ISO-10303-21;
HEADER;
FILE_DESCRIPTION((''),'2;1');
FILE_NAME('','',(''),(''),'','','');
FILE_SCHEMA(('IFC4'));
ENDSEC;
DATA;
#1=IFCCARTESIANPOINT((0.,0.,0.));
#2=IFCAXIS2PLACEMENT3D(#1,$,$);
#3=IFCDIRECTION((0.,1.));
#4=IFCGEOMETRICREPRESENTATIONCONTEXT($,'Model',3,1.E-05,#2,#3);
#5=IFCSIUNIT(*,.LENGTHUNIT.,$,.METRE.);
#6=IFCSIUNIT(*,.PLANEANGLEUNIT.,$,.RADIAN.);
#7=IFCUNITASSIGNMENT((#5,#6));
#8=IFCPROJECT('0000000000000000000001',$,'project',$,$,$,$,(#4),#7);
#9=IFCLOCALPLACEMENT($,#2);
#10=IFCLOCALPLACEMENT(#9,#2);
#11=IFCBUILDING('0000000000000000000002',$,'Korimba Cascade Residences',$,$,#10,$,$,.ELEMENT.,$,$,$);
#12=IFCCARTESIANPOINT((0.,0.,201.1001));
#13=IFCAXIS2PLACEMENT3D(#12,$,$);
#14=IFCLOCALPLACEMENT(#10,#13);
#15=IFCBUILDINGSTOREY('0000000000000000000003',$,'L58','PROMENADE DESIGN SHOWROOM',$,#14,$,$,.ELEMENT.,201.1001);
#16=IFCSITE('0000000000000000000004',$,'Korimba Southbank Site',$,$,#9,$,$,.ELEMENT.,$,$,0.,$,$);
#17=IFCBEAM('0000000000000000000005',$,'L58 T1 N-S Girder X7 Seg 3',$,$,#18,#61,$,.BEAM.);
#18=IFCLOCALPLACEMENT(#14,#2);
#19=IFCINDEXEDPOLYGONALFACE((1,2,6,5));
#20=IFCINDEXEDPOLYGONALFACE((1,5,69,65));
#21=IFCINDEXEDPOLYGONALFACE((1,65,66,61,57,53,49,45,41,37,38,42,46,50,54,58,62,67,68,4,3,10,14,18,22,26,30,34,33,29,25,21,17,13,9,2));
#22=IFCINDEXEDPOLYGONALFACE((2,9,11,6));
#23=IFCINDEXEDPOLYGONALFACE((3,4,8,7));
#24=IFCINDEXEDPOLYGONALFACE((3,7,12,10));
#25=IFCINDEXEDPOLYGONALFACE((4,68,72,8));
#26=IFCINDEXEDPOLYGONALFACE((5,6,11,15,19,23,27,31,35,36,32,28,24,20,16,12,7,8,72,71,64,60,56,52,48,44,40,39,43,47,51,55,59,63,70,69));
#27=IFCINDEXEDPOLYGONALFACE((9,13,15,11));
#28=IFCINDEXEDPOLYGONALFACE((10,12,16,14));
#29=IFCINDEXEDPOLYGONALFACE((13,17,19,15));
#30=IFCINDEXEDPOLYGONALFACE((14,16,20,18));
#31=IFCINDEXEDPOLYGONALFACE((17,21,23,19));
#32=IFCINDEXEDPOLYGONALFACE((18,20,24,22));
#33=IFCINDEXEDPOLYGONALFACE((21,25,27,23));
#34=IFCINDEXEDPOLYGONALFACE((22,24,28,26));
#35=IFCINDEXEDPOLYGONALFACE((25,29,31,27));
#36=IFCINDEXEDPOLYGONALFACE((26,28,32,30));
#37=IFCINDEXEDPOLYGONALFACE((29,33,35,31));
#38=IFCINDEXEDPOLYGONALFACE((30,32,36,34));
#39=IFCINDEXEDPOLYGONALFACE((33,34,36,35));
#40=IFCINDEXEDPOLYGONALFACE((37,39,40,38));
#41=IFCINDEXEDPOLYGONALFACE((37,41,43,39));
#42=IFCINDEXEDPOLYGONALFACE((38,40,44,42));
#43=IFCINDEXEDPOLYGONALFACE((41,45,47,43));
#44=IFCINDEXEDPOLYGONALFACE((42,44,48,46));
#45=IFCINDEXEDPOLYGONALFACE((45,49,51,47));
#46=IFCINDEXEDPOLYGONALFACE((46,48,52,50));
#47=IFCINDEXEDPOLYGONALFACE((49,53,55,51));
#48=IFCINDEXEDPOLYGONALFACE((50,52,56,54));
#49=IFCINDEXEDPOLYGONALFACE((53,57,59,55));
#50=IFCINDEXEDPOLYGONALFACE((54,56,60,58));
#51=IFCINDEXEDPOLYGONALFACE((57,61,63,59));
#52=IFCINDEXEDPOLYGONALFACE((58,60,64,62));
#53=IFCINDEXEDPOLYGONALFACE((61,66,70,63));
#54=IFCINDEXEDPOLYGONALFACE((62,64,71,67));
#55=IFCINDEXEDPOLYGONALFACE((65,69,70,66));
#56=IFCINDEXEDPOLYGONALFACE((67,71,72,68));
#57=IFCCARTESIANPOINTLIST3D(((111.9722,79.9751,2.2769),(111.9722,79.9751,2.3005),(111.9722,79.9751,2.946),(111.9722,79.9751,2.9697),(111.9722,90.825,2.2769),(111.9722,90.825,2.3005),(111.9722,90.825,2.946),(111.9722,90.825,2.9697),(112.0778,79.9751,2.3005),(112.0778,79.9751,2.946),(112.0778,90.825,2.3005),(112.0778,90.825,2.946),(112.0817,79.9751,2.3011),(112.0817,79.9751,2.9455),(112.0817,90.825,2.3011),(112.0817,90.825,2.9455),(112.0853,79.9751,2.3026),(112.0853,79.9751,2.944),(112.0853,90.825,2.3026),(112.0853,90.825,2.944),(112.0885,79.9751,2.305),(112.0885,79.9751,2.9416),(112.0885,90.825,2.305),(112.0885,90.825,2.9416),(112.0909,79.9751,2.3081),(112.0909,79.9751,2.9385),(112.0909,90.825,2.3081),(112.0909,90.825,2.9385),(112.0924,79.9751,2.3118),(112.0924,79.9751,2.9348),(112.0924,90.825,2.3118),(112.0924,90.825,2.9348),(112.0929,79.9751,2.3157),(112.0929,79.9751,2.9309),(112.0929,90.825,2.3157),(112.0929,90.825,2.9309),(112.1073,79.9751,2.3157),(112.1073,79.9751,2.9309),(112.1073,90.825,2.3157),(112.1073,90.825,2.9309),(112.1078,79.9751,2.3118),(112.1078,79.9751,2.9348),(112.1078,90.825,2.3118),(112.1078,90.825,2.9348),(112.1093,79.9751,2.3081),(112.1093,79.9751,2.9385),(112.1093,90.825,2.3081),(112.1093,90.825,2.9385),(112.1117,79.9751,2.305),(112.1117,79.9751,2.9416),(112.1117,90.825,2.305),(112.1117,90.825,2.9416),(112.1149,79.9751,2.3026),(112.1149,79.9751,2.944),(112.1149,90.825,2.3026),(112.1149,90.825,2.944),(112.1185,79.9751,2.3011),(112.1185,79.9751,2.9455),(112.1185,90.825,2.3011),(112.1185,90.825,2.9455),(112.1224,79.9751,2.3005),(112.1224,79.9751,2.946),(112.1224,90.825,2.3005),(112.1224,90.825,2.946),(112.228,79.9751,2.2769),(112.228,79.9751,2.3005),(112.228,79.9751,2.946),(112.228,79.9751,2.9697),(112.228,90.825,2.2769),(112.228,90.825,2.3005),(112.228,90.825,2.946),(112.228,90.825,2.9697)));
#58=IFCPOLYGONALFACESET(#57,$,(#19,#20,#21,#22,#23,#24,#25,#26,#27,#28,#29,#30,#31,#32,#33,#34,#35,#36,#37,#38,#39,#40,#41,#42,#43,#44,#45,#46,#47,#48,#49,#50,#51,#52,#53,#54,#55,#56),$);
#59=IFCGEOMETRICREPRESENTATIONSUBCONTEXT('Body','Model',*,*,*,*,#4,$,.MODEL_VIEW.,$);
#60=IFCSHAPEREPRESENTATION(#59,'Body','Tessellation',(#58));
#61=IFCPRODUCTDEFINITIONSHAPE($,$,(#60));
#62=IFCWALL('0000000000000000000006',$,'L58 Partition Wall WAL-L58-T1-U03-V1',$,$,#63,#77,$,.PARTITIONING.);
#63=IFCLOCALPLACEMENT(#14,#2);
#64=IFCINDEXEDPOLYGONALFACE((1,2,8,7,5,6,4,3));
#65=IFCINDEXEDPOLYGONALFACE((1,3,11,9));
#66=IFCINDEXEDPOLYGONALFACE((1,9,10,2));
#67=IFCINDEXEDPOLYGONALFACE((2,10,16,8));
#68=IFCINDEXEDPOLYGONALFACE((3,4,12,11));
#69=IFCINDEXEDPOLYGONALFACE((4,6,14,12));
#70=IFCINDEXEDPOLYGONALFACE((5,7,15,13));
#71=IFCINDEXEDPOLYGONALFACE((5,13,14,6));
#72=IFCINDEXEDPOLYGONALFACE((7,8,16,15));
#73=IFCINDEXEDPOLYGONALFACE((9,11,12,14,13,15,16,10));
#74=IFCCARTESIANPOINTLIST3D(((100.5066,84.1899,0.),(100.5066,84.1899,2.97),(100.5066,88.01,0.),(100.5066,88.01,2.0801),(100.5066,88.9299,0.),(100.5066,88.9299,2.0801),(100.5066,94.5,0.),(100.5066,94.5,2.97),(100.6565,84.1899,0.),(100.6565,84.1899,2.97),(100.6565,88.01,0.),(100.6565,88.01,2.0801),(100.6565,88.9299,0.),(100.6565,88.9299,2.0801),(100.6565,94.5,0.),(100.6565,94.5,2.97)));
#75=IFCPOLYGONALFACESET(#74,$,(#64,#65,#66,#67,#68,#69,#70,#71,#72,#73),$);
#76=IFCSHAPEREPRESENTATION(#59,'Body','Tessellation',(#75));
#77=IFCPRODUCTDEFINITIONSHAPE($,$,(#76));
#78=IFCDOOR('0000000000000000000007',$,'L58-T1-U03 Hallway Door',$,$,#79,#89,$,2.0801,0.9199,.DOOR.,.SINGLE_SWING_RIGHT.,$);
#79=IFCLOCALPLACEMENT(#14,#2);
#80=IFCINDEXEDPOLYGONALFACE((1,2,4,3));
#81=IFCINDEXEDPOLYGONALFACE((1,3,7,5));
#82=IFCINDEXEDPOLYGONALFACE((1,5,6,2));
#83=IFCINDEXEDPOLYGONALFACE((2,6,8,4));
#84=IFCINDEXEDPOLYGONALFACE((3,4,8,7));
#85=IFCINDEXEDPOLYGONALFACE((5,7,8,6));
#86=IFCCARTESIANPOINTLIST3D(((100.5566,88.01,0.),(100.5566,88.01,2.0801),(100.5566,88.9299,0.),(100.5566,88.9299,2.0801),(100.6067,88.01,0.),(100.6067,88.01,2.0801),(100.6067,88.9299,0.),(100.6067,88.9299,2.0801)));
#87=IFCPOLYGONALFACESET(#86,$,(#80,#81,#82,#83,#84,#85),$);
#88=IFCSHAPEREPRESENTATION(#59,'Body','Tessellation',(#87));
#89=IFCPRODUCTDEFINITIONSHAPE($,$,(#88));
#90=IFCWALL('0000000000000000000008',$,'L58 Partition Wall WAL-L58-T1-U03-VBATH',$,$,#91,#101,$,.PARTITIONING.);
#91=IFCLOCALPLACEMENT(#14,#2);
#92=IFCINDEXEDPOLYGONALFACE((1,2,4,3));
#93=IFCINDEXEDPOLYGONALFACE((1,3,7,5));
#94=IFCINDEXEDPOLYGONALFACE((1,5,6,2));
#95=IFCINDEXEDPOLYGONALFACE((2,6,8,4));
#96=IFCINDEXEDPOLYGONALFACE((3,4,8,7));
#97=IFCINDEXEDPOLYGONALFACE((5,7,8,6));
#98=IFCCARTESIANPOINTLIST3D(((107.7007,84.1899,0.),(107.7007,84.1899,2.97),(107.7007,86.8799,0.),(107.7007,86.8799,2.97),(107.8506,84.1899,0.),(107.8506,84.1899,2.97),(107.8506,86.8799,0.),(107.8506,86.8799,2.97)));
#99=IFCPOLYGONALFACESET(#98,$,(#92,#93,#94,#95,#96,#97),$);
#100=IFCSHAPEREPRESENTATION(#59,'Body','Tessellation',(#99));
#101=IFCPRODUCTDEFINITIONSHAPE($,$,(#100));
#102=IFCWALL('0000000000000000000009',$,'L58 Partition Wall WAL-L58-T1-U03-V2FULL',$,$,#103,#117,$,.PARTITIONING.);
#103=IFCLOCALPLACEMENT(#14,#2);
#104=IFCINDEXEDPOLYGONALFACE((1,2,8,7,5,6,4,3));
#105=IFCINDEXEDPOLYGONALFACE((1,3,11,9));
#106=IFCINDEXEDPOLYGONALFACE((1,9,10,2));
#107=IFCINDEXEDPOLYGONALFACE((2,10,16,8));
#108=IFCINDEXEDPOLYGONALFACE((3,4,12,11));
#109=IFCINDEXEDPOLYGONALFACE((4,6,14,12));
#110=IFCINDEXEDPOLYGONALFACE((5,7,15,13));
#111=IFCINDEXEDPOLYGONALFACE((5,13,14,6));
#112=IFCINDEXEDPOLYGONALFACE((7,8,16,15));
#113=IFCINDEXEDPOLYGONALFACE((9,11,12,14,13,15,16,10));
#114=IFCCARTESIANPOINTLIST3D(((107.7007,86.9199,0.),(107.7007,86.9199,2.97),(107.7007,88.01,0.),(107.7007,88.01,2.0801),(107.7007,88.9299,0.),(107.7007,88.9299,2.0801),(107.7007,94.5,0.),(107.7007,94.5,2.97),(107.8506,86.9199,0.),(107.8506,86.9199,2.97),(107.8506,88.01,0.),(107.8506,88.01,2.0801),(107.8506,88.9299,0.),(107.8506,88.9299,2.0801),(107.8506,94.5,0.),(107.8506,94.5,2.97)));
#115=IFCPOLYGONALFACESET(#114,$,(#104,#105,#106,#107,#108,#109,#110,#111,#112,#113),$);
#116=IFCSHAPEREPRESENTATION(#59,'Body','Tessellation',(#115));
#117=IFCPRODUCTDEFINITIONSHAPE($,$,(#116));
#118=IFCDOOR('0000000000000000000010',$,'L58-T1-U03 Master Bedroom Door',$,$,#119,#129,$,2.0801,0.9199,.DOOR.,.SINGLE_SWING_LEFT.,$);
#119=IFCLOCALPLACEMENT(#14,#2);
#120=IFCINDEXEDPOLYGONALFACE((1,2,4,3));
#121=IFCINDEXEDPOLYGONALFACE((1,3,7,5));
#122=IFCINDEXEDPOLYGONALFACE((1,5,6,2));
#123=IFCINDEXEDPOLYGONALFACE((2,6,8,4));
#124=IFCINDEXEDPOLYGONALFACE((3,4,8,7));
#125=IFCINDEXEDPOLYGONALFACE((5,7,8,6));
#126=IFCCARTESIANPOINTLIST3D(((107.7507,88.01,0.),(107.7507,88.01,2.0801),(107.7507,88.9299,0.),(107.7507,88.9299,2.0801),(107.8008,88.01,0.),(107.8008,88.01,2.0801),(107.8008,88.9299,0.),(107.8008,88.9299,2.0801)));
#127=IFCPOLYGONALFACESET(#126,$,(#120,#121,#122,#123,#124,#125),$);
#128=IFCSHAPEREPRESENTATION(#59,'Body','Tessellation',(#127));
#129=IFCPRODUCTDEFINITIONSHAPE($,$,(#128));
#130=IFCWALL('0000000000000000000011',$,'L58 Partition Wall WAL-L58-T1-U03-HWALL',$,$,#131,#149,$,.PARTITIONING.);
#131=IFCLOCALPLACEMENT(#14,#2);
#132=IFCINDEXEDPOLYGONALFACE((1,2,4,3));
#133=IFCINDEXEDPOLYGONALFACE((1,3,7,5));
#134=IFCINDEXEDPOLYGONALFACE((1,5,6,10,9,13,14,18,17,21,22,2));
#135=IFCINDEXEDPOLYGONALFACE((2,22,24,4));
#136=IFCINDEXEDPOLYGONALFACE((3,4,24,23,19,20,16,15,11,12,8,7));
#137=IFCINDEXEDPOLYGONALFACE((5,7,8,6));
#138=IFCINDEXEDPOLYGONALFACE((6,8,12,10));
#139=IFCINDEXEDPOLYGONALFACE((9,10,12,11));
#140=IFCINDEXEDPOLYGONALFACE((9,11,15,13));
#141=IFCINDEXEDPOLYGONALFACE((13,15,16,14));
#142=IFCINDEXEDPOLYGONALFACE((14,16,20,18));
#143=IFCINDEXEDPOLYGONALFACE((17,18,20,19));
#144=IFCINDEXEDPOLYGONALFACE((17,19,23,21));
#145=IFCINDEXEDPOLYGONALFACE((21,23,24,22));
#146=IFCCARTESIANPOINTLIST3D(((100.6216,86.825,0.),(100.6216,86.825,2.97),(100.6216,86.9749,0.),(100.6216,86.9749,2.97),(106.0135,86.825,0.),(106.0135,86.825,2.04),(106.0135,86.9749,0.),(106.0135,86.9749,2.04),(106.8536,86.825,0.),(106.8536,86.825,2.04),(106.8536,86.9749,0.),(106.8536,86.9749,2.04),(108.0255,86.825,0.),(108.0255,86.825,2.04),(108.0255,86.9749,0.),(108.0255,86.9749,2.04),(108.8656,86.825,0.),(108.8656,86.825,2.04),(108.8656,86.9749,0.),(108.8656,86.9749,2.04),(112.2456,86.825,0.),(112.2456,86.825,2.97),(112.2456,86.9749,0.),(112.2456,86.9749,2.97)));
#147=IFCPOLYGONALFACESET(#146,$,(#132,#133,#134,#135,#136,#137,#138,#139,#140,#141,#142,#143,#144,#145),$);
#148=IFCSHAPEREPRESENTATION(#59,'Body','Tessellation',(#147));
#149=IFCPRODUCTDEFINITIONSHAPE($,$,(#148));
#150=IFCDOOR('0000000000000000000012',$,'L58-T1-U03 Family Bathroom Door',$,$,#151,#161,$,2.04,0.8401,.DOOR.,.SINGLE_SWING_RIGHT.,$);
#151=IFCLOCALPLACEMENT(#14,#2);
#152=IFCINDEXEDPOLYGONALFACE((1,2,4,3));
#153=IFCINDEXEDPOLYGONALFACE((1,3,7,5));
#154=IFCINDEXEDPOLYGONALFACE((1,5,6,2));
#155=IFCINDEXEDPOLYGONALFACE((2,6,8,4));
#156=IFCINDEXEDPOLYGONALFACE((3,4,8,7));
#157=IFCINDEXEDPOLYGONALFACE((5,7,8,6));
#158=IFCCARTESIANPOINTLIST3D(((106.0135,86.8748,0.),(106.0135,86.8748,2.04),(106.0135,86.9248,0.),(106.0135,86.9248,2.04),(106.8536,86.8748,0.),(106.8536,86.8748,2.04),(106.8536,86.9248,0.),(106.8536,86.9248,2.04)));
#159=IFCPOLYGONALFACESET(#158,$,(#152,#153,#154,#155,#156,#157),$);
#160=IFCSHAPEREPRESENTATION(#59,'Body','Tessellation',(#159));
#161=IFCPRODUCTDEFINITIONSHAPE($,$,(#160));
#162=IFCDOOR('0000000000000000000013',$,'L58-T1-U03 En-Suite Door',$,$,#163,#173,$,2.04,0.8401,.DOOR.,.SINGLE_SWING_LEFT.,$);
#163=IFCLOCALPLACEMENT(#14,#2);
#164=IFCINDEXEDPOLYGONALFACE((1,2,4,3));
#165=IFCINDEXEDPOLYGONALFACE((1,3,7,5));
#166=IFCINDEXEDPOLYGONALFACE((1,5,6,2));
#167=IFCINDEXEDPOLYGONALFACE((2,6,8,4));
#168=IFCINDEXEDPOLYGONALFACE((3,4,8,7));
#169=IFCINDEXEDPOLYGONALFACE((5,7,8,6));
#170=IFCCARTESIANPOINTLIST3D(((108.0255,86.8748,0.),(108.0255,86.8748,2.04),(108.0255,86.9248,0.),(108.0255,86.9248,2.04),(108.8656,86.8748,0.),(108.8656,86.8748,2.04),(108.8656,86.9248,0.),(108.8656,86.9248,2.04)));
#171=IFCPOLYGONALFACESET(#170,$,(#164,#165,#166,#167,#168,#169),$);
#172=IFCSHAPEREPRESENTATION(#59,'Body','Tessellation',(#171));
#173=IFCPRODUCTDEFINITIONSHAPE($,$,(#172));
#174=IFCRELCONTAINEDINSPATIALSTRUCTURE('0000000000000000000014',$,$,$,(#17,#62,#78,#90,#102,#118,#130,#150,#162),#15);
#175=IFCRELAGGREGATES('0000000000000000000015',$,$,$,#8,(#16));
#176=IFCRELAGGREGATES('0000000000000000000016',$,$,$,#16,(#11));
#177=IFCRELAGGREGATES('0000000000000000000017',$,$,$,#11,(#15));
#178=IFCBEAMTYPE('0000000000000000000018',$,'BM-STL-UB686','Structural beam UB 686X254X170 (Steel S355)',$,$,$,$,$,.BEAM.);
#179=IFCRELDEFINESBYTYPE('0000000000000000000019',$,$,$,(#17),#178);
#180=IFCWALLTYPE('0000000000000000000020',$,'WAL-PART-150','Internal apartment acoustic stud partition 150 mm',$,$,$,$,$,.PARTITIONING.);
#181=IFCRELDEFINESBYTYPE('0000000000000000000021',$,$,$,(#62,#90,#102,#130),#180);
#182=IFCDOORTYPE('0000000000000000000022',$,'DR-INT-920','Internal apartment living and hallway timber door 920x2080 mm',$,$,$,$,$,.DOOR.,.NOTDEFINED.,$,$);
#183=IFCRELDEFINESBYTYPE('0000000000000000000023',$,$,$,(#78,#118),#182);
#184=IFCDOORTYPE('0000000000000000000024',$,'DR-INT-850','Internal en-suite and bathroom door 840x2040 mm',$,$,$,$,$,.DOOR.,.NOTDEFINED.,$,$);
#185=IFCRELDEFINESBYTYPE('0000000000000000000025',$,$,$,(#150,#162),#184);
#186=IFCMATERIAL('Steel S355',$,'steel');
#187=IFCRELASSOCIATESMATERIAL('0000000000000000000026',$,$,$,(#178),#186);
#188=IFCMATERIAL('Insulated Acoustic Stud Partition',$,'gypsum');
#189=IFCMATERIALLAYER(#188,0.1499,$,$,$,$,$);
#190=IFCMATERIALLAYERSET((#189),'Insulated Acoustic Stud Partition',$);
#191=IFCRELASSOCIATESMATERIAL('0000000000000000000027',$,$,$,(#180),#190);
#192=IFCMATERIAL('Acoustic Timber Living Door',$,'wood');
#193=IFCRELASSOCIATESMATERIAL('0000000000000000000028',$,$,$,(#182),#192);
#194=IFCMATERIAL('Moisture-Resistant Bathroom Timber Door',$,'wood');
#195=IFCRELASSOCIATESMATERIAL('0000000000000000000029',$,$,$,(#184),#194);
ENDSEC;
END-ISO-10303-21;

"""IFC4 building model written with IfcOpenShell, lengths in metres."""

from ifc_helpers import new_model, si_unit, direction, frame, frame_2d, origin, origin_2d, place, context, subcontext, project, spatial, rectangle, i_section, extrude, material, layer, layer_set, material_profile, profile_set, type_object, element, fill, save


model = new_model("IFC4")

# Units and contexts
model_context = context("Model", 3, precision=1e-05, world=origin(), true_north=direction((0.0, 1.0)))
body_context = subcontext(model_context, "Body", "Model", "MODEL_VIEW")
ifc_project = project(units=[si_unit("LENGTHUNIT", "METRE"), si_unit("PLANEANGLEUNIT", "RADIAN")], contexts=[model_context])

# Site, building, storey
site_placement = place(None, origin())
site = spatial("IfcSite", under=ifc_project, at=site_placement, Name="Korimba Southbank Site", CompositionType="ELEMENT", RefElevation=0.0)
building_placement = place(site_placement, origin())
building = spatial("IfcBuilding", under=site, at=building_placement, Name="Korimba Cascade Residences", CompositionType="ELEMENT")
storey_placement = place(building_placement, frame((0.0, 0.0, 201.1001)))
storey = spatial("IfcBuildingStorey", under=building, at=storey_placement, Name="L58", Description="PROMENADE DESIGN SHOWROOM", CompositionType="ELEMENT", Elevation=201.1001)

# Beam
ifc_material_1 = material(Name="Steel S355", Category="steel")
ifc_material_profile_1 = material_profile(ifc_material_1, i_section(OverallWidth=0.2559, OverallDepth=0.6929, WebThickness=0.0144, FlangeThickness=0.0237, FilletRadius=0.0151, at=origin_2d()), Name="Steel S355")
ifc_profile_set_1 = profile_set([ifc_material_profile_1], Name="Steel S355")
beam_type_1 = type_object("IfcBeamType", Name="BM-STL-UB686", Description="Structural beam UB 686X254X170 (Steel S355)", PredefinedType="BEAM", material=ifc_profile_set_1)
for number, where, z_axis, x_axis, name in (
    (1, (112.1001, 79.9751, 2.6233), (0.0, 1.0, 0.0), (-1.0, 0.0, 0.0), "L58 T1 N-S Girder X7 Seg 3"),
):
    element("IfcBeam", number, at=place(storey_placement, frame(where, z_axis=z_axis, x_axis=x_axis)), inside=storey, type_object=beam_type_1, Name=name, PredefinedType="BEAM", context=body_context, shape_type="SweptSolid", body=[
        extrude(i_section(OverallWidth=0.2559, OverallDepth=0.6929, WebThickness=0.0144, FlangeThickness=0.0237, FilletRadius=0.0151, at=origin_2d()), origin(), (0.0, 0.0, 1.0), 10.8499),
    ])

# Wall, opening, door
ifc_material_2 = material(Name="Insulated Acoustic Stud Partition", Category="gypsum")
ifc_layer = layer(ifc_material_2, 0.1499)
ifc_layer_set = layer_set([ifc_layer], Name="Insulated Acoustic Stud Partition")
wall_type = type_object("IfcWallType", Name="WAL-PART-150", Description="Internal apartment acoustic stud partition 150 mm", PredefinedType="PARTITIONING", material=ifc_layer_set)
wall_1_placement = place(storey_placement, frame((100.5815, 84.1899, 0.0), z_axis=(0.0, 0.0, 1.0), x_axis=(0.0, 1.0, 0.0)))
wall_1 = element("IfcWall", 2, at=wall_1_placement, inside=storey, type_object=wall_type, Name="L58 Partition Wall WAL-L58-T1-U03-V1", PredefinedType="PARTITIONING", context=body_context, shape_type="SweptSolid", body=[
    extrude(rectangle(XDim=10.3101, YDim=0.1499, at=frame_2d((5.155, 0.0))), origin(), (0.0, 0.0, 1.0), 2.97),
])
opening_1_placement = place(wall_1_placement, frame((3.8201, 0.0, 0.0)))
opening_1 = element("IfcOpeningElement", 3, at=opening_1_placement, cuts=wall_1, PredefinedType="OPENING", context=body_context, shape_type="SweptSolid", body=[
    extrude(rectangle(XDim=0.9199, YDim=2.0801, at=frame_2d((0.46, 1.04))), frame((0.0, 0.085, 0.0), z_axis=(0.0, -1.0, 0.0), x_axis=(1.0, 0.0, 0.0)), (0.0, 0.0, 1.0), 0.1699),
])
ifc_material_3 = material(Name="Acoustic Timber Living Door", Category="wood")
door_type_1 = type_object("IfcDoorType", Name="DR-INT-920", Description="Internal apartment living and hallway timber door 920x2080 mm", OperationType="NOTDEFINED", PredefinedType="DOOR", material=ifc_material_3)
door_1_placement = place(opening_1_placement, origin())
door_1 = element("IfcDoor", 4, at=door_1_placement, inside=storey, type_object=door_type_1, Name="L58-T1-U03 Hallway Door", OperationType="SINGLE_SWING_RIGHT", OverallHeight=2.0801, OverallWidth=0.9199, PredefinedType="DOOR", context=body_context, shape_type="SweptSolid", body=[
    extrude(rectangle(XDim=0.9199, YDim=2.0801, at=frame_2d((0.46, 1.04))), frame((0.0, 0.0249, 0.0), z_axis=(0.0, -1.0, 0.0), x_axis=(1.0, 0.0, 0.0)), (0.0, 0.0, 1.0), 0.05),
])
fill(opening_1, door_1)

# Wall
wall_2_placement = place(storey_placement, frame((107.7756, 84.1899, 0.0), z_axis=(0.0, 0.0, 1.0), x_axis=(0.0, 1.0, 0.0)))
element("IfcWall", 5, at=wall_2_placement, inside=storey, type_object=wall_type, Name="L58 Partition Wall WAL-L58-T1-U03-VBATH", PredefinedType="PARTITIONING", context=body_context, shape_type="SweptSolid", body=[
    extrude(rectangle(XDim=2.6899, YDim=0.1499, at=frame_2d((1.345, 0.0))), origin(), (0.0, 0.0, 1.0), 2.97),
])

# Wall, opening, door
wall_3_placement = place(storey_placement, frame((107.7756, 86.9199, 0.0), z_axis=(0.0, 0.0, 1.0), x_axis=(0.0, 1.0, 0.0)))
wall_3 = element("IfcWall", 6, at=wall_3_placement, inside=storey, type_object=wall_type, Name="L58 Partition Wall WAL-L58-T1-U03-V2FULL", PredefinedType="PARTITIONING", context=body_context, shape_type="SweptSolid", body=[
    extrude(rectangle(XDim=7.5801, YDim=0.1499, at=frame_2d((3.79, 0.0))), origin(), (0.0, 0.0, 1.0), 2.97),
])
opening_2_placement = place(wall_3_placement, frame((1.0901, 0.0, 0.0)))
opening_2 = element("IfcOpeningElement", 7, at=opening_2_placement, cuts=wall_3, PredefinedType="OPENING", context=body_context, shape_type="SweptSolid", body=[
    extrude(rectangle(XDim=0.9199, YDim=2.0801, at=frame_2d((0.46, 1.04))), frame((0.0, 0.085, 0.0), z_axis=(0.0, -1.0, 0.0), x_axis=(1.0, 0.0, 0.0)), (0.0, 0.0, 1.0), 0.1699),
])
door_2_placement = place(opening_2_placement, origin())
door_2 = element("IfcDoor", 8, at=door_2_placement, inside=storey, type_object=door_type_1, Name="L58-T1-U03 Master Bedroom Door", OperationType="SINGLE_SWING_LEFT", OverallHeight=2.0801, OverallWidth=0.9199, PredefinedType="DOOR", context=body_context, shape_type="SweptSolid", body=[
    extrude(rectangle(XDim=0.9199, YDim=2.0801, at=frame_2d((0.46, 1.04))), frame((0.0, 0.0249, 0.0), z_axis=(0.0, -1.0, 0.0), x_axis=(1.0, 0.0, 0.0)), (0.0, 0.0, 1.0), 0.05),
])
fill(opening_2, door_2)

# Wall, openings, doors
wall_4_placement = place(storey_placement, frame((100.6216, 86.8999, 0.0), z_axis=(0.0, 0.0, 1.0), x_axis=(1.0, 0.0, 0.0)))
wall_4 = element("IfcWall", 9, at=wall_4_placement, inside=storey, type_object=wall_type, Name="L58 Partition Wall WAL-L58-T1-U03-HWALL", PredefinedType="PARTITIONING", context=body_context, shape_type="SweptSolid", body=[
    extrude(rectangle(XDim=11.624, YDim=0.1499, at=frame_2d((5.812, 0.0))), origin(), (0.0, 0.0, 1.0), 2.97),
])
opening_3_placement = place(wall_4_placement, frame((5.3921, 0.0, 0.0)))
opening_3 = element("IfcOpeningElement", 10, at=opening_3_placement, cuts=wall_4, PredefinedType="OPENING", context=body_context, shape_type="SweptSolid", body=[
    extrude(rectangle(XDim=0.8401, YDim=2.04, at=frame_2d((0.4199, 1.02))), frame((0.0, 0.085, 0.0), z_axis=(0.0, -1.0, 0.0), x_axis=(1.0, 0.0, 0.0)), (0.0, 0.0, 1.0), 0.1699),
])
opening_4_placement = place(wall_4_placement, frame((7.4041, 0.0, 0.0)))
opening_4 = element("IfcOpeningElement", 11, at=opening_4_placement, cuts=wall_4, PredefinedType="OPENING", context=body_context, shape_type="SweptSolid", body=[
    extrude(rectangle(XDim=0.8401, YDim=2.04, at=frame_2d((0.4199, 1.02))), frame((0.0, 0.085, 0.0), z_axis=(0.0, -1.0, 0.0), x_axis=(1.0, 0.0, 0.0)), (0.0, 0.0, 1.0), 0.1699),
])
ifc_material_4 = material(Name="Moisture-Resistant Bathroom Timber Door", Category="wood")
door_type_2 = type_object("IfcDoorType", Name="DR-INT-850", Description="Internal en-suite and bathroom door 840x2040 mm", OperationType="NOTDEFINED", PredefinedType="DOOR", material=ifc_material_4)
door_3_placement = place(opening_3_placement, origin())
door_3 = element("IfcDoor", 12, at=door_3_placement, inside=storey, type_object=door_type_2, Name="L58-T1-U03 Family Bathroom Door", OperationType="SINGLE_SWING_RIGHT", OverallHeight=2.04, OverallWidth=0.8401, PredefinedType="DOOR", context=body_context, shape_type="SweptSolid", body=[
    extrude(rectangle(XDim=0.8401, YDim=2.04, at=frame_2d((0.4199, 1.02))), frame((0.0, 0.0249, 0.0), z_axis=(0.0, -1.0, 0.0), x_axis=(1.0, 0.0, 0.0)), (0.0, 0.0, 1.0), 0.05),
])
fill(opening_3, door_3)
door_4_placement = place(opening_4_placement, origin())
door_4 = element("IfcDoor", 13, at=door_4_placement, inside=storey, type_object=door_type_2, Name="L58-T1-U03 En-Suite Door", OperationType="SINGLE_SWING_LEFT", OverallHeight=2.04, OverallWidth=0.8401, PredefinedType="DOOR", context=body_context, shape_type="SweptSolid", body=[
    extrude(rectangle(XDim=0.8401, YDim=2.04, at=frame_2d((0.4199, 1.02))), frame((0.0, 0.0249, 0.0), z_axis=(0.0, -1.0, 0.0), x_axis=(1.0, 0.0, 0.0)), (0.0, 0.0, 1.0), 0.05),
])
fill(opening_4, door_4)

save(model, "model.ifc")
